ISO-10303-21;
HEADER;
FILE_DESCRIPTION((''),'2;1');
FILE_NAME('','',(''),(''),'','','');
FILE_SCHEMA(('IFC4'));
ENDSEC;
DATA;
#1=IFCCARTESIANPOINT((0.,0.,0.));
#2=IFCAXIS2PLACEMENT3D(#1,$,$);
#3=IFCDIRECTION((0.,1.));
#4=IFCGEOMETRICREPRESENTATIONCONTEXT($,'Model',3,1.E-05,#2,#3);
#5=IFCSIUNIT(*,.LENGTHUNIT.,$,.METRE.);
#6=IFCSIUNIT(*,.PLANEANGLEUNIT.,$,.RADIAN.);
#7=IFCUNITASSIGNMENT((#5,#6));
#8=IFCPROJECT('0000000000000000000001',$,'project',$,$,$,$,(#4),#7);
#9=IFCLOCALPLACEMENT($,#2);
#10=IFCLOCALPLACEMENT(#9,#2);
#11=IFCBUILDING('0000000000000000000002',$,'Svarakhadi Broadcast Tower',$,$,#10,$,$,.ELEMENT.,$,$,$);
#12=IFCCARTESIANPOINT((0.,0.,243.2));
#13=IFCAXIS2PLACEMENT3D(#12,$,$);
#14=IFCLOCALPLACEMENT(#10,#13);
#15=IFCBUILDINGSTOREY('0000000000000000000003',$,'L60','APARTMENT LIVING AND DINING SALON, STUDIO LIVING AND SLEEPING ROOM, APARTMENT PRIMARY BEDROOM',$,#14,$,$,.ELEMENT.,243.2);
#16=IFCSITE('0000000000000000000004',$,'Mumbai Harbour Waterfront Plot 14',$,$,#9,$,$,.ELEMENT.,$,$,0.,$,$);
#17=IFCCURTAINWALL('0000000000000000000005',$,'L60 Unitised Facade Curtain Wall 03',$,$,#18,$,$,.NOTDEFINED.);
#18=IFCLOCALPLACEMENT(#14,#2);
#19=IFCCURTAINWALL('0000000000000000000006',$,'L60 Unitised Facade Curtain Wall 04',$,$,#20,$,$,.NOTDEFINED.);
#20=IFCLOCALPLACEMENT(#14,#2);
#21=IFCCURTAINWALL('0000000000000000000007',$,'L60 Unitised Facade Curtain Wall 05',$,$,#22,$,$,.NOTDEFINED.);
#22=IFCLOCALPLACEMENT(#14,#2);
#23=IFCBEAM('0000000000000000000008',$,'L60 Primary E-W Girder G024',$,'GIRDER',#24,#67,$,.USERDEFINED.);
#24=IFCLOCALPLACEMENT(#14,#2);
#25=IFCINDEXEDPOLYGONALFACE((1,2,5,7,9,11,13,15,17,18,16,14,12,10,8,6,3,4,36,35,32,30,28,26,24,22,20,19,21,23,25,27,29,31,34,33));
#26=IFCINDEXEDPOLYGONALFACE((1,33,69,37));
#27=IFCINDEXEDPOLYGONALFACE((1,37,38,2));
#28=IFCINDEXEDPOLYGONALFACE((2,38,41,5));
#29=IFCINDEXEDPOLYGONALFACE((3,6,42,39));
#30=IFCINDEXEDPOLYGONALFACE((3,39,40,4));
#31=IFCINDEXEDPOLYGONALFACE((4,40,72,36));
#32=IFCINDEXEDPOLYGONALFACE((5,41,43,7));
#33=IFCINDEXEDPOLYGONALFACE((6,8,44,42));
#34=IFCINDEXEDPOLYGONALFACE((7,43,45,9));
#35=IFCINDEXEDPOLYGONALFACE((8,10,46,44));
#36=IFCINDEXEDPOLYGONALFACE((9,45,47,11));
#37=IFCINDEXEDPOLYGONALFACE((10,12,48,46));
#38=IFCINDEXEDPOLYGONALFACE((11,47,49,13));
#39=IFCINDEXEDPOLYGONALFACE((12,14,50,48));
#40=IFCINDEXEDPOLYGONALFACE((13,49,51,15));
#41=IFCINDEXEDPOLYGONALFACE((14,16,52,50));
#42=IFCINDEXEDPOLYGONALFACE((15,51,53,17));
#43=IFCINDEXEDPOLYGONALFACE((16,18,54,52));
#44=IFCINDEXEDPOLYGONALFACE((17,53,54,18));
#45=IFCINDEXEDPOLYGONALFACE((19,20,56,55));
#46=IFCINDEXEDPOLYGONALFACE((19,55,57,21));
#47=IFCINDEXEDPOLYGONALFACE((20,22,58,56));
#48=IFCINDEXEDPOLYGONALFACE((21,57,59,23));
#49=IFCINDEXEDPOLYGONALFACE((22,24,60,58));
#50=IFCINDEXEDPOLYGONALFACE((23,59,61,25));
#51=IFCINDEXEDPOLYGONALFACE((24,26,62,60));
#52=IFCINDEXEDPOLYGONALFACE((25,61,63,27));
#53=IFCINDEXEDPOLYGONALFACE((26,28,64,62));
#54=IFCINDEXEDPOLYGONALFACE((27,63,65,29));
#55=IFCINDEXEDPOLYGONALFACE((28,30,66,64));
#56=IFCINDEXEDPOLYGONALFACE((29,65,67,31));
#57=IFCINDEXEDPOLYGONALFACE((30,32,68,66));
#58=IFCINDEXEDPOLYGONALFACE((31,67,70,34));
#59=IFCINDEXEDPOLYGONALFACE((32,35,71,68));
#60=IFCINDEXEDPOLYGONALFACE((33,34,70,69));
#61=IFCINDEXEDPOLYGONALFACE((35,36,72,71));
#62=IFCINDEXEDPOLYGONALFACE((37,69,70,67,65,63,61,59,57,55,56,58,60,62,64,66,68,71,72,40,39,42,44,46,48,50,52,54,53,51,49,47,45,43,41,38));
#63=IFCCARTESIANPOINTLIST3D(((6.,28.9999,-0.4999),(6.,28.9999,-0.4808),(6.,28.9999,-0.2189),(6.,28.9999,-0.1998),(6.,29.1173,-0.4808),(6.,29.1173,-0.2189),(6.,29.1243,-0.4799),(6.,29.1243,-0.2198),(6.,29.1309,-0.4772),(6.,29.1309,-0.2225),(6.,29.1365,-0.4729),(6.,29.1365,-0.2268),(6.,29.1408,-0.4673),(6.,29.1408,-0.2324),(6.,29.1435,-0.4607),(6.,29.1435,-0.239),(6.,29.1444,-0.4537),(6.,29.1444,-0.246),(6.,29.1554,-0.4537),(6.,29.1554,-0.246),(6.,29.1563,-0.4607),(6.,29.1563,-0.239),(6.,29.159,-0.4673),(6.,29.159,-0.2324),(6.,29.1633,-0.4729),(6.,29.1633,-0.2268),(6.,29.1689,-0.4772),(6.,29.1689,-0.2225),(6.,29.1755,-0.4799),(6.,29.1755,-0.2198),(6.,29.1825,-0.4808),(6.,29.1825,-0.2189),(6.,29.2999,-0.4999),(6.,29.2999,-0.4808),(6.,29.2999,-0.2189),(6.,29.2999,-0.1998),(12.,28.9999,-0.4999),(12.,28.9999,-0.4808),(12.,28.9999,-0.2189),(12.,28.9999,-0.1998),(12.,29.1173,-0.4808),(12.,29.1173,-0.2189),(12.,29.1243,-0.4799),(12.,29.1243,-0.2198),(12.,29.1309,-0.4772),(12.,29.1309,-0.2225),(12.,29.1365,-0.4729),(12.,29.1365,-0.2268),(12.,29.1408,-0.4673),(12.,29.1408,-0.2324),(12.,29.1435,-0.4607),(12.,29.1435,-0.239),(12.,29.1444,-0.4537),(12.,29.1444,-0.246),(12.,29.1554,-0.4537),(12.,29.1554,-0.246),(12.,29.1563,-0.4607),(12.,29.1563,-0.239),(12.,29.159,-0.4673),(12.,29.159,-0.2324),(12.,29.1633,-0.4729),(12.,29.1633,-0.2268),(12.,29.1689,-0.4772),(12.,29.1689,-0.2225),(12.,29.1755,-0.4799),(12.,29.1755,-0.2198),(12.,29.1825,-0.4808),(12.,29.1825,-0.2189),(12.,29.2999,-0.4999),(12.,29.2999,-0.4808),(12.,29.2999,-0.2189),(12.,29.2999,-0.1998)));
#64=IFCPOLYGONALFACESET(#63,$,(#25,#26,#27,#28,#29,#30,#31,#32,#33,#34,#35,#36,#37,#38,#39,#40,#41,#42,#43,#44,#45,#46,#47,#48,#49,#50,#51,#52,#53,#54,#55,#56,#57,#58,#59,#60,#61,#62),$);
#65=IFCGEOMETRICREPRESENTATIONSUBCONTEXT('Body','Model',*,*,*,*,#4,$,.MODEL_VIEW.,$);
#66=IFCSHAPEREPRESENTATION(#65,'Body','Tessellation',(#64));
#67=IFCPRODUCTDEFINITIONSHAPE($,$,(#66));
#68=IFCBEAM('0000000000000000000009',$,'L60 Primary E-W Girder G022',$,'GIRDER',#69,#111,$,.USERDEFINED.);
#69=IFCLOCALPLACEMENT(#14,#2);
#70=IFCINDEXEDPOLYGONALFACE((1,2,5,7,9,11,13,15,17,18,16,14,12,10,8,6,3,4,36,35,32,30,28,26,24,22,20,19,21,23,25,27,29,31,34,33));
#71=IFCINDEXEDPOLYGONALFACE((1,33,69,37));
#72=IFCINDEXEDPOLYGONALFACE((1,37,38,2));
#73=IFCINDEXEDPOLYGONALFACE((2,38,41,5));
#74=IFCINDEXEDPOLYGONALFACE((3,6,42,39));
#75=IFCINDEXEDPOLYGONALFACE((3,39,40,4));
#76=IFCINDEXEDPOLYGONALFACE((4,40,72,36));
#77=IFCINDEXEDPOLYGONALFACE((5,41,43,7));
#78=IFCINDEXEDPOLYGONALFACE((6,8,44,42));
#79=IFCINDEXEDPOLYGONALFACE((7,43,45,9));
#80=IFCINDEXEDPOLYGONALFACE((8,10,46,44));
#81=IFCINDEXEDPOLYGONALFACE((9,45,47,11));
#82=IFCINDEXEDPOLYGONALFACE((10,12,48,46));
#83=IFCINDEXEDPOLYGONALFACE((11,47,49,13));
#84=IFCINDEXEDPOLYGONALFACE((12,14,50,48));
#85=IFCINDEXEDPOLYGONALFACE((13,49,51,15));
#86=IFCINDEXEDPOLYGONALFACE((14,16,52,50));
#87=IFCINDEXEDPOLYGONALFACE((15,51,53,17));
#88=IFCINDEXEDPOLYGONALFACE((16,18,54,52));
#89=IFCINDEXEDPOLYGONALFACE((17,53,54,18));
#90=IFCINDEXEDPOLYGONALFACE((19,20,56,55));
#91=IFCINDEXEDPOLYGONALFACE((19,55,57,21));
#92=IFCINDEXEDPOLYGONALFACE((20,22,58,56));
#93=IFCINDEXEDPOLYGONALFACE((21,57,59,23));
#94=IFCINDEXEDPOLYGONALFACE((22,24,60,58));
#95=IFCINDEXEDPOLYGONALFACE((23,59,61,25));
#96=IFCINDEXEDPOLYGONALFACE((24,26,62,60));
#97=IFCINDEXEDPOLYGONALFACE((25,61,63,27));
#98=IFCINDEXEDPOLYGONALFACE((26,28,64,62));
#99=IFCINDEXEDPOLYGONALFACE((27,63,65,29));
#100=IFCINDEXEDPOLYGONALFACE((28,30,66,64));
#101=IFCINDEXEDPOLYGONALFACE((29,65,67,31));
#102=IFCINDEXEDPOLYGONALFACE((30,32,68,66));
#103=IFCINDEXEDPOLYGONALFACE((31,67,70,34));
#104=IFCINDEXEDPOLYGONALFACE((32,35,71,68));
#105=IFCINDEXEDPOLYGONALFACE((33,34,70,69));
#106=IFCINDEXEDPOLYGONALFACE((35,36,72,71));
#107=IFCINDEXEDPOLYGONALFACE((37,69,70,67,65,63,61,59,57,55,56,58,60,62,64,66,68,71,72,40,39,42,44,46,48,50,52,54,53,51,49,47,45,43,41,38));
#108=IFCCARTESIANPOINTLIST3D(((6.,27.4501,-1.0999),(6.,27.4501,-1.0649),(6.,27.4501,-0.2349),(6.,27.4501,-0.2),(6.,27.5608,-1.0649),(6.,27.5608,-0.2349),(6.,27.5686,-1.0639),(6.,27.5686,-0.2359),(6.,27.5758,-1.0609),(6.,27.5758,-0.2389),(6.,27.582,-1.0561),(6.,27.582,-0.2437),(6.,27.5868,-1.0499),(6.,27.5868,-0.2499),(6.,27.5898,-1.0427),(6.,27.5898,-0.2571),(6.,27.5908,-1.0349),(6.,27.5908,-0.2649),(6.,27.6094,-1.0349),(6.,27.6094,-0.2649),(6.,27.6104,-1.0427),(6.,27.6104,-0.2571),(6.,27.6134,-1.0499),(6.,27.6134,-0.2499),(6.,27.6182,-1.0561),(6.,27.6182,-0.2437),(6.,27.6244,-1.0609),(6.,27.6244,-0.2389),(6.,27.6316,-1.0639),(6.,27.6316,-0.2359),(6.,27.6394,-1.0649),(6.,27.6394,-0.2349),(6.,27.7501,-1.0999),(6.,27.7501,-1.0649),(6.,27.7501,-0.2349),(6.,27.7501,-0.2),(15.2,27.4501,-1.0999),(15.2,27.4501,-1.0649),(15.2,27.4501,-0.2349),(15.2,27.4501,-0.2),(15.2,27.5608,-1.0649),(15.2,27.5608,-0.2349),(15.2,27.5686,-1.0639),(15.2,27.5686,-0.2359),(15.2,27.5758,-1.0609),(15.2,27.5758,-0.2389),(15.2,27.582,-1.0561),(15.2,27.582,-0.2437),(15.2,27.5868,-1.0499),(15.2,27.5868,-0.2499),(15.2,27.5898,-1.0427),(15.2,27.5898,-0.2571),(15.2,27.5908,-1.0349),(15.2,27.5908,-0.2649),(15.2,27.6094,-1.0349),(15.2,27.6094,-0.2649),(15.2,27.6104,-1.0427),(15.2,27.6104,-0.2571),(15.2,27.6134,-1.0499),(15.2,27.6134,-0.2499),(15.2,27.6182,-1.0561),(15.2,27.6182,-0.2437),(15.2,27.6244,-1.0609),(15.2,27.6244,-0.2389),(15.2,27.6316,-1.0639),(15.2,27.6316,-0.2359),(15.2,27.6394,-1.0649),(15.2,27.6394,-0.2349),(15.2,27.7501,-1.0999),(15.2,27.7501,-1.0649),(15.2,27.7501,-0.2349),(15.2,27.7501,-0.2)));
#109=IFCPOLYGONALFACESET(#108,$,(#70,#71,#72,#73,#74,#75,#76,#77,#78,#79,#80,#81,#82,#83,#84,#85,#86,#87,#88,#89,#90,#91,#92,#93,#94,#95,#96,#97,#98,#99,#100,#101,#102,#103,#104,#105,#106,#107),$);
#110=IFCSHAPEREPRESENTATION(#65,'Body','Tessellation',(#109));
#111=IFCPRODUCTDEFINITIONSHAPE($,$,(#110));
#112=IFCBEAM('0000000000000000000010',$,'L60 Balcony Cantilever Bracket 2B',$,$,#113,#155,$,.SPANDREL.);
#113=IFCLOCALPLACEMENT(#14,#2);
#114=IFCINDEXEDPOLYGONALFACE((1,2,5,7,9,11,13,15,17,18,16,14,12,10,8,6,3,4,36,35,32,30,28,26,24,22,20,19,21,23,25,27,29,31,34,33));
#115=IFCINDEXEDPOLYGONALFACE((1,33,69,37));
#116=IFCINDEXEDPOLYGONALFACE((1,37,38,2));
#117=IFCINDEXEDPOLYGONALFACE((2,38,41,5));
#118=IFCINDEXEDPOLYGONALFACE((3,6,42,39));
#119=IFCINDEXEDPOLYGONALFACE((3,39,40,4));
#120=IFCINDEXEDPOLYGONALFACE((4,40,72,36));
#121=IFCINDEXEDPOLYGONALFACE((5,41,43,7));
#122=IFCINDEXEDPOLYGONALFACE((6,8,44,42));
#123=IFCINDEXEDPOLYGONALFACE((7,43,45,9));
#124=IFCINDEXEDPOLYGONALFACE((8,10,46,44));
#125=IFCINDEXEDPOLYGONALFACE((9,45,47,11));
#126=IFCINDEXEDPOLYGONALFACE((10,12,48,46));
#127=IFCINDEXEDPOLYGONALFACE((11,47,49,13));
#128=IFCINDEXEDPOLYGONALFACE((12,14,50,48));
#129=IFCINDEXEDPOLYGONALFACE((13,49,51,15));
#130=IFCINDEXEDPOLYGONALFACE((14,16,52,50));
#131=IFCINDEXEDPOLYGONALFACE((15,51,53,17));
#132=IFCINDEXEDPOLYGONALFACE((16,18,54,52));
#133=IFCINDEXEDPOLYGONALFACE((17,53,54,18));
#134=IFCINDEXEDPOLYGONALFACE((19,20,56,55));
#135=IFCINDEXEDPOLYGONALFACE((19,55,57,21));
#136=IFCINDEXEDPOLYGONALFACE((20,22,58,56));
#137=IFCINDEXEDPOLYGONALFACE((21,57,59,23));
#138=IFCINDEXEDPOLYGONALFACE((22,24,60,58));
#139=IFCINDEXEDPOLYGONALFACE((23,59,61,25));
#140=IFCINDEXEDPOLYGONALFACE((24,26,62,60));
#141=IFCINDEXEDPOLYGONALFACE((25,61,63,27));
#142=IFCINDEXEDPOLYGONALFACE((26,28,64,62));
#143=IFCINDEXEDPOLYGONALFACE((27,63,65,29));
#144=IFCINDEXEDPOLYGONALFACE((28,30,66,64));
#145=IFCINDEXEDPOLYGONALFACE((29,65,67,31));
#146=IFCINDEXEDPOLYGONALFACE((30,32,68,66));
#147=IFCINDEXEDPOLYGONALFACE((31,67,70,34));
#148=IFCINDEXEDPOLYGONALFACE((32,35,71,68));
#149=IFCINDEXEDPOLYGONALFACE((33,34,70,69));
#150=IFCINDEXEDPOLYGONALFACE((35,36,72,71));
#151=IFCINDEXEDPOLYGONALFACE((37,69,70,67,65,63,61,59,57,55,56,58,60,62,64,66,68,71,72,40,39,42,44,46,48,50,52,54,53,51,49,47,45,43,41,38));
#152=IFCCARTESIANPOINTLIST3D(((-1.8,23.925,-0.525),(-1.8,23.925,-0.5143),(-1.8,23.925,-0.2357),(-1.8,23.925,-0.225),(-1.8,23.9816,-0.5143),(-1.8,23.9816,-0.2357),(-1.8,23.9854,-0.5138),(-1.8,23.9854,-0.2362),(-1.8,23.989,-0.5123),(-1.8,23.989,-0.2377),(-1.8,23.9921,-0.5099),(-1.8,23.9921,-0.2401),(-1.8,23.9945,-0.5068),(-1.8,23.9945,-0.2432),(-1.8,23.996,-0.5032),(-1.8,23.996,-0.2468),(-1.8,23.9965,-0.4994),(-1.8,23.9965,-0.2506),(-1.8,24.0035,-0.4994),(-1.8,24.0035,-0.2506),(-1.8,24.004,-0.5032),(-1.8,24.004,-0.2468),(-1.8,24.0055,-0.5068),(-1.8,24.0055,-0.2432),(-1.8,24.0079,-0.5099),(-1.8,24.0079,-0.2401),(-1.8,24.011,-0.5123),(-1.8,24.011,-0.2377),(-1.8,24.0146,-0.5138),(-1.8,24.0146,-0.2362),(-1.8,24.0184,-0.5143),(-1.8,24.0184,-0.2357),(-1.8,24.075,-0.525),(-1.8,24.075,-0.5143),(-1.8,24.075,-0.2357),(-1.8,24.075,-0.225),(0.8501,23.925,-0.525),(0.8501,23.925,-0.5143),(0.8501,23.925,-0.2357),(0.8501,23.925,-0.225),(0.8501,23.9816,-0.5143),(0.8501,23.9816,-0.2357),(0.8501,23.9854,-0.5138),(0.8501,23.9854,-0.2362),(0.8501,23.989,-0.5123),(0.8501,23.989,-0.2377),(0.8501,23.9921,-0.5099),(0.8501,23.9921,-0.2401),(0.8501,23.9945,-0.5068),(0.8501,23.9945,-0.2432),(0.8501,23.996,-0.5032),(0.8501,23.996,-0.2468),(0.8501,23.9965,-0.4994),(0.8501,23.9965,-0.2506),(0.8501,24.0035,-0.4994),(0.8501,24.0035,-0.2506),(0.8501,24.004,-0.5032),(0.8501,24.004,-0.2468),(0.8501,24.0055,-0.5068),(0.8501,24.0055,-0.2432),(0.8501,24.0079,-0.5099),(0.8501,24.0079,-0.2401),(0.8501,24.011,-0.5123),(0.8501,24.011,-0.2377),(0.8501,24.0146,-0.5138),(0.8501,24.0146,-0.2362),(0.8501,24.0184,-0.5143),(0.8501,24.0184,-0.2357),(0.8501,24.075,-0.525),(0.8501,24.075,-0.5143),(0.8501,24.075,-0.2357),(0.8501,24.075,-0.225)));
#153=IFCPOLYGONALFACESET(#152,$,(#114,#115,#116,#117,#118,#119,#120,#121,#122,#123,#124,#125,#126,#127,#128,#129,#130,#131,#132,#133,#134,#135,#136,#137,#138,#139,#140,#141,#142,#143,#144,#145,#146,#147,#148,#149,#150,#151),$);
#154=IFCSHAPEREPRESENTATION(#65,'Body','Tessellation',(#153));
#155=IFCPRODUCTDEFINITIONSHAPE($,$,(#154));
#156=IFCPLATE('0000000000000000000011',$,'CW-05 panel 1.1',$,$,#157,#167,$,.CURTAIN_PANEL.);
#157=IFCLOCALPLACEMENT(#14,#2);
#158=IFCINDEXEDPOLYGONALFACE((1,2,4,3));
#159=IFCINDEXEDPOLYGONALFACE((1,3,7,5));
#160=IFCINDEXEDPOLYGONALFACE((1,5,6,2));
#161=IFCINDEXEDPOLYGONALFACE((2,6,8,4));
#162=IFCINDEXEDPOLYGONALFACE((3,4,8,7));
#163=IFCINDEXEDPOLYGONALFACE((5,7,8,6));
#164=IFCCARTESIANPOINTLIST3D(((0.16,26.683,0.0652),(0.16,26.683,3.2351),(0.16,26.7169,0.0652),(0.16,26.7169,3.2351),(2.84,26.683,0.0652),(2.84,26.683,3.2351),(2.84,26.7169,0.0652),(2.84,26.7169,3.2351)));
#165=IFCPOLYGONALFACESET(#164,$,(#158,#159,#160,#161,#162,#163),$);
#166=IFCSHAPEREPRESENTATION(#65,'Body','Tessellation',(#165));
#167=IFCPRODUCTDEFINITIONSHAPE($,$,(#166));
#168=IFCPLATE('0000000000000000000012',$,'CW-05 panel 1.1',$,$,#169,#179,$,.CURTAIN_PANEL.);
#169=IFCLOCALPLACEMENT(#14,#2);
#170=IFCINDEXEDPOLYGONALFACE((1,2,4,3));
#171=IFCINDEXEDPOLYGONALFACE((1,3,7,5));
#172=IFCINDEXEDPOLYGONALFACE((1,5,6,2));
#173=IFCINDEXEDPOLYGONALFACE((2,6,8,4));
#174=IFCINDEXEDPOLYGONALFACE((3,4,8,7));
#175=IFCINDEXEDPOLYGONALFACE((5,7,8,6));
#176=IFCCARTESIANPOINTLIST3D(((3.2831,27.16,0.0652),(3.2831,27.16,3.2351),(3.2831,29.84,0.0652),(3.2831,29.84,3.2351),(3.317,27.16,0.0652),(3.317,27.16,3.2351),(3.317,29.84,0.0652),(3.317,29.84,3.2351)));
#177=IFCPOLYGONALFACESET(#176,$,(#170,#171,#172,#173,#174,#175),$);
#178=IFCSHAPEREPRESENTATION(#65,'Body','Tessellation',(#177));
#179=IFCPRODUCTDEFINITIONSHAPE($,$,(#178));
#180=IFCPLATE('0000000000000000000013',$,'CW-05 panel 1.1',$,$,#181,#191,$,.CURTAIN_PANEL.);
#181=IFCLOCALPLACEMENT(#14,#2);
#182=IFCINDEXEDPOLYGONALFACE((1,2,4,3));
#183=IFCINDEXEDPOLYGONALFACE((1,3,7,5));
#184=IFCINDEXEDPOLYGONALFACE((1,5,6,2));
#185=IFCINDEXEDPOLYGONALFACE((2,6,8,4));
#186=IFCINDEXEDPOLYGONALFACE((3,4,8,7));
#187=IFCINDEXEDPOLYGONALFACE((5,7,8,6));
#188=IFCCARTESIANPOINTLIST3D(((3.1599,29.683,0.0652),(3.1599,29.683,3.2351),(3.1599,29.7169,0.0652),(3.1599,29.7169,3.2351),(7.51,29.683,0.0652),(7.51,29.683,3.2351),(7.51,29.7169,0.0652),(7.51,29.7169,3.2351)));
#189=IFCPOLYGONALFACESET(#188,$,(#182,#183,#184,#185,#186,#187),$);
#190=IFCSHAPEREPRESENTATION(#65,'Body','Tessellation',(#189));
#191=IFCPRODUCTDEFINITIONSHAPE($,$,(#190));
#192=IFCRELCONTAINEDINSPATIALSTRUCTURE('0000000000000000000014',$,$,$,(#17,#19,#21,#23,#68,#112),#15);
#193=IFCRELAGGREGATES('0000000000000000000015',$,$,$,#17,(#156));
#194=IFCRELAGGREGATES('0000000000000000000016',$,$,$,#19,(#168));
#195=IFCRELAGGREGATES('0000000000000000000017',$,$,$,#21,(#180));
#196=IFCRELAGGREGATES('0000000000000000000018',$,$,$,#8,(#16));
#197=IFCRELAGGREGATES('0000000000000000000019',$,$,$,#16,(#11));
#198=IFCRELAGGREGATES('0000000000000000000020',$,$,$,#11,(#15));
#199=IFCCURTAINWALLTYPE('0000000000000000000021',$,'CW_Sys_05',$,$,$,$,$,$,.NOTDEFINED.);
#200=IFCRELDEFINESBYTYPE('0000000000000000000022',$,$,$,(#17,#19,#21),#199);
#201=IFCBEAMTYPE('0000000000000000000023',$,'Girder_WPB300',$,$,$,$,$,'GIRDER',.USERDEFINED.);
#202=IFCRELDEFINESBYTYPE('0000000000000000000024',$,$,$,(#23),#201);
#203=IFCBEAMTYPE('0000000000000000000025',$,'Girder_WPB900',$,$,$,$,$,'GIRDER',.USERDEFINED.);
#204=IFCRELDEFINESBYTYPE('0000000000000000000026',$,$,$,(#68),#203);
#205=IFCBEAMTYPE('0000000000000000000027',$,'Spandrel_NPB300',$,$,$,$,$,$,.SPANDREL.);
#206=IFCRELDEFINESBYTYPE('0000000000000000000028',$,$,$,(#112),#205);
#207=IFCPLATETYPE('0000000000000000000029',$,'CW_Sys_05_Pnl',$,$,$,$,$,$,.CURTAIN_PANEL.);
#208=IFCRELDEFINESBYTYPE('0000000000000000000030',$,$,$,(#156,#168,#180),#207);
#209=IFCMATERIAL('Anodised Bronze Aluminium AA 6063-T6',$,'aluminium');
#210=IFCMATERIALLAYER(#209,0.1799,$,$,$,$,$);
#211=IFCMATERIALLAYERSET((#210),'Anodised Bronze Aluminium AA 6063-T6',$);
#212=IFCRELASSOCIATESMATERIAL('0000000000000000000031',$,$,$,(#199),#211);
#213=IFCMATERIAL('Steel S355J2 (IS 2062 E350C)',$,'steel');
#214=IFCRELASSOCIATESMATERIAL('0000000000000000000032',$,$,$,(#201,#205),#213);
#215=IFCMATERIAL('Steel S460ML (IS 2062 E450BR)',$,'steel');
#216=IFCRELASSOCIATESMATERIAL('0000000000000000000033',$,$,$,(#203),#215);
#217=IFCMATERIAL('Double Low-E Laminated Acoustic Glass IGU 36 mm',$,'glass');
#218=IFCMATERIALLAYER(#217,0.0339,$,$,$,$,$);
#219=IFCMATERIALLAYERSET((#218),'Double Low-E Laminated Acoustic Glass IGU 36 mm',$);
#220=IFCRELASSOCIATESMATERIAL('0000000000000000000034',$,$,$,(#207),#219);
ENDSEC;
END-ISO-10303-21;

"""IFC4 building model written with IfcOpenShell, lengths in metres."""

from ifc_helpers import new_model, si_unit, direction, frame, origin, origin_2d, place, context, subcontext, project, spatial, rectangle, i_section, extrude, material, layer, layer_set, material_profile, profile_set, type_object, element, aggregate, save


model = new_model("IFC4")

# Units and contexts
model_context = context("Model", 3, precision=1e-05, world=origin(), true_north=direction((0.0, 1.0)))
body_context = subcontext(model_context, "Body", "Model", "MODEL_VIEW")
ifc_project = project(units=[si_unit("LENGTHUNIT", "METRE"), si_unit("PLANEANGLEUNIT", "RADIAN")], contexts=[model_context])

# Site, building, storey
site_placement = place(None, origin())
site = spatial("IfcSite", under=ifc_project, at=site_placement, Name="Mumbai Harbour Waterfront Plot 14", CompositionType="ELEMENT", RefElevation=0.0)
building_placement = place(site_placement, origin())
building = spatial("IfcBuilding", under=site, at=building_placement, Name="Svarakhadi Broadcast Tower", CompositionType="ELEMENT")
storey_placement = place(building_placement, frame((0.0, 0.0, 243.2)))
storey = spatial("IfcBuildingStorey", under=building, at=storey_placement, Name="L60", Description="APARTMENT LIVING AND DINING SALON, STUDIO LIVING AND SLEEPING ROOM, APARTMENT PRIMARY BEDROOM", CompositionType="ELEMENT", Elevation=243.2)

# Shared definitions
ifc_material_1 = material(Name="Steel S460ML (IS 2062 E450BR)", Category="steel")

# Curtain walls
ifc_material_2 = material(Name="Anodised Bronze Aluminium AA 6063-T6", Category="aluminium")
ifc_layer_1 = layer(ifc_material_2, 0.1799)
ifc_layer_set_1 = layer_set([ifc_layer_1], Name="Anodised Bronze Aluminium AA 6063-T6")
curtain_wall_type = type_object("IfcCurtainWallType", Name="CW_Sys_05", PredefinedType="NOTDEFINED", material=ifc_layer_set_1)
curtain_wall_1_placement = place(storey_placement, origin())
curtain_wall_1 = element("IfcCurtainWall", 1, at=curtain_wall_1_placement, inside=storey, type_object=curtain_wall_type, Name="L60 Unitised Facade Curtain Wall 03", PredefinedType="NOTDEFINED")
curtain_wall_2_placement = place(storey_placement, origin())
curtain_wall_2 = element("IfcCurtainWall", 2, at=curtain_wall_2_placement, inside=storey, type_object=curtain_wall_type, Name="L60 Unitised Facade Curtain Wall 04", PredefinedType="NOTDEFINED")

# Curtain wall
curtain_wall_3_placement = place(storey_placement, origin())
curtain_wall_3 = element("IfcCurtainWall", 3, at=curtain_wall_3_placement, inside=storey, type_object=curtain_wall_type, Name="L60 Unitised Facade Curtain Wall 05", PredefinedType="NOTDEFINED")

# Beams
ifc_material_3 = material(Name="Steel S355J2 (IS 2062 E350C)", Category="steel")
ifc_material_profile_1 = material_profile(ifc_material_3, i_section(OverallWidth=0.3, OverallDepth=0.3, WebThickness=0.011, FlangeThickness=0.019, FilletRadius=0.0271, at=origin_2d()), Name="WPB 300x300x117")
ifc_profile_set_1 = profile_set([ifc_material_profile_1], Name="Steel S355J2 (IS 2062 E350C)")
beam_type_1 = type_object("IfcBeamType", Name="Girder_WPB300", ElementType="GIRDER", PredefinedType="USERDEFINED", material=ifc_profile_set_1)
beam_1_placement = place(storey_placement, frame((6.0, 29.1499, -0.3499), z_axis=(1.0, 0.0, 0.0), x_axis=(0.0, 1.0, 0.0)))
element("IfcBeam", 4, at=beam_1_placement, inside=storey, type_object=beam_type_1, Name="L60 Primary E-W Girder G024", ObjectType="GIRDER", PredefinedType="USERDEFINED", context=body_context, shape_type="SweptSolid", body=[
    extrude(i_section(OverallWidth=0.3, OverallDepth=0.3, WebThickness=0.011, FlangeThickness=0.019, FilletRadius=0.0271, at=origin_2d()), origin(), (0.0, 0.0, 1.0), 6.0),
])
ifc_material_profile_2 = material_profile(ifc_material_1, i_section(OverallWidth=0.3, OverallDepth=0.8999, WebThickness=0.0186, FlangeThickness=0.0349, FilletRadius=0.03, at=origin_2d()), Name="WPB 900x300x291")
ifc_profile_set_2 = profile_set([ifc_material_profile_2], Name="Steel S460ML (IS 2062 E450BR)")
beam_type_2 = type_object("IfcBeamType", Name="Girder_WPB900", ElementType="GIRDER", PredefinedType="USERDEFINED", material=ifc_profile_set_2)
beam_2_placement = place(storey_placement, frame((6.0, 27.6001, -0.6499), z_axis=(1.0, 0.0, 0.0), x_axis=(0.0, 1.0, 0.0)))
element("IfcBeam", 5, at=beam_2_placement, inside=storey, type_object=beam_type_2, Name="L60 Primary E-W Girder G022", ObjectType="GIRDER", PredefinedType="USERDEFINED", context=body_context, shape_type="SweptSolid", body=[
    extrude(i_section(OverallWidth=0.3, OverallDepth=0.8999, WebThickness=0.0186, FlangeThickness=0.0349, FilletRadius=0.03, at=origin_2d()), origin(), (0.0, 0.0, 1.0), 9.2),
])
ifc_material_profile_3 = material_profile(ifc_material_3, i_section(OverallWidth=0.1499, OverallDepth=0.3, WebThickness=0.0071, FlangeThickness=0.0107, FilletRadius=0.0149, at=origin_2d()), Name="NPB 300x150x37")
ifc_profile_set_3 = profile_set([ifc_material_profile_3], Name="Steel S355J2 (IS 2062 E350C)")
beam_type_3 = type_object("IfcBeamType", Name="Spandrel_NPB300", PredefinedType="SPANDREL", material=ifc_profile_set_3)
beam_3_placement = place(storey_placement, frame((0.8501, 24.0, -0.375), z_axis=(-1.0, 0.0, 0.0), x_axis=(0.0, -1.0, 0.0)))
element("IfcBeam", 6, at=beam_3_placement, inside=storey, type_object=beam_type_3, Name="L60 Balcony Cantilever Bracket 2B", PredefinedType="SPANDREL", context=body_context, shape_type="SweptSolid", body=[
    extrude(i_section(OverallWidth=0.1499, OverallDepth=0.3, WebThickness=0.0071, FlangeThickness=0.0107, FilletRadius=0.0149, at=origin_2d()), origin(), (0.0, 0.0, 1.0), 2.6501),
])

# Plates
ifc_material_4 = material(Name="Double Low-E Laminated Acoustic Glass IGU 36 mm", Category="glass")
ifc_layer_2 = layer(ifc_material_4, 0.0339)
ifc_layer_set_2 = layer_set([ifc_layer_2], Name="Double Low-E Laminated Acoustic Glass IGU 36 mm")
plate_type_1 = type_object("IfcPlateType", Name="CW_Sys_05_Pnl", PredefinedType="CURTAIN_PANEL", material=ifc_layer_set_2)
plate_1_placement = place(storey_placement, frame((1.5, 26.7, 0.0652), z_axis=(0.0, 0.0, 1.0), x_axis=(1.0, 0.0, 0.0)))
plate_1 = element("IfcPlate", 7, at=plate_1_placement, type_object=plate_type_1, Name="CW-05 panel 1.1", PredefinedType="CURTAIN_PANEL", context=body_context, shape_type="SweptSolid", body=[
    extrude(rectangle(XDim=2.6799, YDim=0.0339, at=origin_2d()), origin(), (0.0, 0.0, 1.0), 3.1699),
])
aggregate(curtain_wall_1, [plate_1])
plate_2_placement = place(storey_placement, frame((3.3, 28.5, 0.0652), z_axis=(0.0, 0.0, 1.0), x_axis=(0.0, 1.0, 0.0)))
plate_2 = element("IfcPlate", 8, at=plate_2_placement, type_object=plate_type_1, Name="CW-05 panel 1.1", PredefinedType="CURTAIN_PANEL", context=body_context, shape_type="SweptSolid", body=[
    extrude(rectangle(XDim=2.6799, YDim=0.0339, at=origin_2d()), origin(), (0.0, 0.0, 1.0), 3.1699),
])
aggregate(curtain_wall_2, [plate_2])
plate_3_placement = place(storey_placement, frame((5.335, 29.7, 0.0652), z_axis=(0.0, 0.0, 1.0), x_axis=(1.0, 0.0, 0.0)))
plate_3 = element("IfcPlate", 9, at=plate_3_placement, type_object=plate_type_1, Name="CW-05 panel 1.1", PredefinedType="CURTAIN_PANEL", context=body_context, shape_type="SweptSolid", body=[
    extrude(rectangle(XDim=4.3501, YDim=0.0339, at=origin_2d()), origin(), (0.0, 0.0, 1.0), 3.1699),
])
aggregate(curtain_wall_3, [plate_3])

save(model, "model.ifc")
